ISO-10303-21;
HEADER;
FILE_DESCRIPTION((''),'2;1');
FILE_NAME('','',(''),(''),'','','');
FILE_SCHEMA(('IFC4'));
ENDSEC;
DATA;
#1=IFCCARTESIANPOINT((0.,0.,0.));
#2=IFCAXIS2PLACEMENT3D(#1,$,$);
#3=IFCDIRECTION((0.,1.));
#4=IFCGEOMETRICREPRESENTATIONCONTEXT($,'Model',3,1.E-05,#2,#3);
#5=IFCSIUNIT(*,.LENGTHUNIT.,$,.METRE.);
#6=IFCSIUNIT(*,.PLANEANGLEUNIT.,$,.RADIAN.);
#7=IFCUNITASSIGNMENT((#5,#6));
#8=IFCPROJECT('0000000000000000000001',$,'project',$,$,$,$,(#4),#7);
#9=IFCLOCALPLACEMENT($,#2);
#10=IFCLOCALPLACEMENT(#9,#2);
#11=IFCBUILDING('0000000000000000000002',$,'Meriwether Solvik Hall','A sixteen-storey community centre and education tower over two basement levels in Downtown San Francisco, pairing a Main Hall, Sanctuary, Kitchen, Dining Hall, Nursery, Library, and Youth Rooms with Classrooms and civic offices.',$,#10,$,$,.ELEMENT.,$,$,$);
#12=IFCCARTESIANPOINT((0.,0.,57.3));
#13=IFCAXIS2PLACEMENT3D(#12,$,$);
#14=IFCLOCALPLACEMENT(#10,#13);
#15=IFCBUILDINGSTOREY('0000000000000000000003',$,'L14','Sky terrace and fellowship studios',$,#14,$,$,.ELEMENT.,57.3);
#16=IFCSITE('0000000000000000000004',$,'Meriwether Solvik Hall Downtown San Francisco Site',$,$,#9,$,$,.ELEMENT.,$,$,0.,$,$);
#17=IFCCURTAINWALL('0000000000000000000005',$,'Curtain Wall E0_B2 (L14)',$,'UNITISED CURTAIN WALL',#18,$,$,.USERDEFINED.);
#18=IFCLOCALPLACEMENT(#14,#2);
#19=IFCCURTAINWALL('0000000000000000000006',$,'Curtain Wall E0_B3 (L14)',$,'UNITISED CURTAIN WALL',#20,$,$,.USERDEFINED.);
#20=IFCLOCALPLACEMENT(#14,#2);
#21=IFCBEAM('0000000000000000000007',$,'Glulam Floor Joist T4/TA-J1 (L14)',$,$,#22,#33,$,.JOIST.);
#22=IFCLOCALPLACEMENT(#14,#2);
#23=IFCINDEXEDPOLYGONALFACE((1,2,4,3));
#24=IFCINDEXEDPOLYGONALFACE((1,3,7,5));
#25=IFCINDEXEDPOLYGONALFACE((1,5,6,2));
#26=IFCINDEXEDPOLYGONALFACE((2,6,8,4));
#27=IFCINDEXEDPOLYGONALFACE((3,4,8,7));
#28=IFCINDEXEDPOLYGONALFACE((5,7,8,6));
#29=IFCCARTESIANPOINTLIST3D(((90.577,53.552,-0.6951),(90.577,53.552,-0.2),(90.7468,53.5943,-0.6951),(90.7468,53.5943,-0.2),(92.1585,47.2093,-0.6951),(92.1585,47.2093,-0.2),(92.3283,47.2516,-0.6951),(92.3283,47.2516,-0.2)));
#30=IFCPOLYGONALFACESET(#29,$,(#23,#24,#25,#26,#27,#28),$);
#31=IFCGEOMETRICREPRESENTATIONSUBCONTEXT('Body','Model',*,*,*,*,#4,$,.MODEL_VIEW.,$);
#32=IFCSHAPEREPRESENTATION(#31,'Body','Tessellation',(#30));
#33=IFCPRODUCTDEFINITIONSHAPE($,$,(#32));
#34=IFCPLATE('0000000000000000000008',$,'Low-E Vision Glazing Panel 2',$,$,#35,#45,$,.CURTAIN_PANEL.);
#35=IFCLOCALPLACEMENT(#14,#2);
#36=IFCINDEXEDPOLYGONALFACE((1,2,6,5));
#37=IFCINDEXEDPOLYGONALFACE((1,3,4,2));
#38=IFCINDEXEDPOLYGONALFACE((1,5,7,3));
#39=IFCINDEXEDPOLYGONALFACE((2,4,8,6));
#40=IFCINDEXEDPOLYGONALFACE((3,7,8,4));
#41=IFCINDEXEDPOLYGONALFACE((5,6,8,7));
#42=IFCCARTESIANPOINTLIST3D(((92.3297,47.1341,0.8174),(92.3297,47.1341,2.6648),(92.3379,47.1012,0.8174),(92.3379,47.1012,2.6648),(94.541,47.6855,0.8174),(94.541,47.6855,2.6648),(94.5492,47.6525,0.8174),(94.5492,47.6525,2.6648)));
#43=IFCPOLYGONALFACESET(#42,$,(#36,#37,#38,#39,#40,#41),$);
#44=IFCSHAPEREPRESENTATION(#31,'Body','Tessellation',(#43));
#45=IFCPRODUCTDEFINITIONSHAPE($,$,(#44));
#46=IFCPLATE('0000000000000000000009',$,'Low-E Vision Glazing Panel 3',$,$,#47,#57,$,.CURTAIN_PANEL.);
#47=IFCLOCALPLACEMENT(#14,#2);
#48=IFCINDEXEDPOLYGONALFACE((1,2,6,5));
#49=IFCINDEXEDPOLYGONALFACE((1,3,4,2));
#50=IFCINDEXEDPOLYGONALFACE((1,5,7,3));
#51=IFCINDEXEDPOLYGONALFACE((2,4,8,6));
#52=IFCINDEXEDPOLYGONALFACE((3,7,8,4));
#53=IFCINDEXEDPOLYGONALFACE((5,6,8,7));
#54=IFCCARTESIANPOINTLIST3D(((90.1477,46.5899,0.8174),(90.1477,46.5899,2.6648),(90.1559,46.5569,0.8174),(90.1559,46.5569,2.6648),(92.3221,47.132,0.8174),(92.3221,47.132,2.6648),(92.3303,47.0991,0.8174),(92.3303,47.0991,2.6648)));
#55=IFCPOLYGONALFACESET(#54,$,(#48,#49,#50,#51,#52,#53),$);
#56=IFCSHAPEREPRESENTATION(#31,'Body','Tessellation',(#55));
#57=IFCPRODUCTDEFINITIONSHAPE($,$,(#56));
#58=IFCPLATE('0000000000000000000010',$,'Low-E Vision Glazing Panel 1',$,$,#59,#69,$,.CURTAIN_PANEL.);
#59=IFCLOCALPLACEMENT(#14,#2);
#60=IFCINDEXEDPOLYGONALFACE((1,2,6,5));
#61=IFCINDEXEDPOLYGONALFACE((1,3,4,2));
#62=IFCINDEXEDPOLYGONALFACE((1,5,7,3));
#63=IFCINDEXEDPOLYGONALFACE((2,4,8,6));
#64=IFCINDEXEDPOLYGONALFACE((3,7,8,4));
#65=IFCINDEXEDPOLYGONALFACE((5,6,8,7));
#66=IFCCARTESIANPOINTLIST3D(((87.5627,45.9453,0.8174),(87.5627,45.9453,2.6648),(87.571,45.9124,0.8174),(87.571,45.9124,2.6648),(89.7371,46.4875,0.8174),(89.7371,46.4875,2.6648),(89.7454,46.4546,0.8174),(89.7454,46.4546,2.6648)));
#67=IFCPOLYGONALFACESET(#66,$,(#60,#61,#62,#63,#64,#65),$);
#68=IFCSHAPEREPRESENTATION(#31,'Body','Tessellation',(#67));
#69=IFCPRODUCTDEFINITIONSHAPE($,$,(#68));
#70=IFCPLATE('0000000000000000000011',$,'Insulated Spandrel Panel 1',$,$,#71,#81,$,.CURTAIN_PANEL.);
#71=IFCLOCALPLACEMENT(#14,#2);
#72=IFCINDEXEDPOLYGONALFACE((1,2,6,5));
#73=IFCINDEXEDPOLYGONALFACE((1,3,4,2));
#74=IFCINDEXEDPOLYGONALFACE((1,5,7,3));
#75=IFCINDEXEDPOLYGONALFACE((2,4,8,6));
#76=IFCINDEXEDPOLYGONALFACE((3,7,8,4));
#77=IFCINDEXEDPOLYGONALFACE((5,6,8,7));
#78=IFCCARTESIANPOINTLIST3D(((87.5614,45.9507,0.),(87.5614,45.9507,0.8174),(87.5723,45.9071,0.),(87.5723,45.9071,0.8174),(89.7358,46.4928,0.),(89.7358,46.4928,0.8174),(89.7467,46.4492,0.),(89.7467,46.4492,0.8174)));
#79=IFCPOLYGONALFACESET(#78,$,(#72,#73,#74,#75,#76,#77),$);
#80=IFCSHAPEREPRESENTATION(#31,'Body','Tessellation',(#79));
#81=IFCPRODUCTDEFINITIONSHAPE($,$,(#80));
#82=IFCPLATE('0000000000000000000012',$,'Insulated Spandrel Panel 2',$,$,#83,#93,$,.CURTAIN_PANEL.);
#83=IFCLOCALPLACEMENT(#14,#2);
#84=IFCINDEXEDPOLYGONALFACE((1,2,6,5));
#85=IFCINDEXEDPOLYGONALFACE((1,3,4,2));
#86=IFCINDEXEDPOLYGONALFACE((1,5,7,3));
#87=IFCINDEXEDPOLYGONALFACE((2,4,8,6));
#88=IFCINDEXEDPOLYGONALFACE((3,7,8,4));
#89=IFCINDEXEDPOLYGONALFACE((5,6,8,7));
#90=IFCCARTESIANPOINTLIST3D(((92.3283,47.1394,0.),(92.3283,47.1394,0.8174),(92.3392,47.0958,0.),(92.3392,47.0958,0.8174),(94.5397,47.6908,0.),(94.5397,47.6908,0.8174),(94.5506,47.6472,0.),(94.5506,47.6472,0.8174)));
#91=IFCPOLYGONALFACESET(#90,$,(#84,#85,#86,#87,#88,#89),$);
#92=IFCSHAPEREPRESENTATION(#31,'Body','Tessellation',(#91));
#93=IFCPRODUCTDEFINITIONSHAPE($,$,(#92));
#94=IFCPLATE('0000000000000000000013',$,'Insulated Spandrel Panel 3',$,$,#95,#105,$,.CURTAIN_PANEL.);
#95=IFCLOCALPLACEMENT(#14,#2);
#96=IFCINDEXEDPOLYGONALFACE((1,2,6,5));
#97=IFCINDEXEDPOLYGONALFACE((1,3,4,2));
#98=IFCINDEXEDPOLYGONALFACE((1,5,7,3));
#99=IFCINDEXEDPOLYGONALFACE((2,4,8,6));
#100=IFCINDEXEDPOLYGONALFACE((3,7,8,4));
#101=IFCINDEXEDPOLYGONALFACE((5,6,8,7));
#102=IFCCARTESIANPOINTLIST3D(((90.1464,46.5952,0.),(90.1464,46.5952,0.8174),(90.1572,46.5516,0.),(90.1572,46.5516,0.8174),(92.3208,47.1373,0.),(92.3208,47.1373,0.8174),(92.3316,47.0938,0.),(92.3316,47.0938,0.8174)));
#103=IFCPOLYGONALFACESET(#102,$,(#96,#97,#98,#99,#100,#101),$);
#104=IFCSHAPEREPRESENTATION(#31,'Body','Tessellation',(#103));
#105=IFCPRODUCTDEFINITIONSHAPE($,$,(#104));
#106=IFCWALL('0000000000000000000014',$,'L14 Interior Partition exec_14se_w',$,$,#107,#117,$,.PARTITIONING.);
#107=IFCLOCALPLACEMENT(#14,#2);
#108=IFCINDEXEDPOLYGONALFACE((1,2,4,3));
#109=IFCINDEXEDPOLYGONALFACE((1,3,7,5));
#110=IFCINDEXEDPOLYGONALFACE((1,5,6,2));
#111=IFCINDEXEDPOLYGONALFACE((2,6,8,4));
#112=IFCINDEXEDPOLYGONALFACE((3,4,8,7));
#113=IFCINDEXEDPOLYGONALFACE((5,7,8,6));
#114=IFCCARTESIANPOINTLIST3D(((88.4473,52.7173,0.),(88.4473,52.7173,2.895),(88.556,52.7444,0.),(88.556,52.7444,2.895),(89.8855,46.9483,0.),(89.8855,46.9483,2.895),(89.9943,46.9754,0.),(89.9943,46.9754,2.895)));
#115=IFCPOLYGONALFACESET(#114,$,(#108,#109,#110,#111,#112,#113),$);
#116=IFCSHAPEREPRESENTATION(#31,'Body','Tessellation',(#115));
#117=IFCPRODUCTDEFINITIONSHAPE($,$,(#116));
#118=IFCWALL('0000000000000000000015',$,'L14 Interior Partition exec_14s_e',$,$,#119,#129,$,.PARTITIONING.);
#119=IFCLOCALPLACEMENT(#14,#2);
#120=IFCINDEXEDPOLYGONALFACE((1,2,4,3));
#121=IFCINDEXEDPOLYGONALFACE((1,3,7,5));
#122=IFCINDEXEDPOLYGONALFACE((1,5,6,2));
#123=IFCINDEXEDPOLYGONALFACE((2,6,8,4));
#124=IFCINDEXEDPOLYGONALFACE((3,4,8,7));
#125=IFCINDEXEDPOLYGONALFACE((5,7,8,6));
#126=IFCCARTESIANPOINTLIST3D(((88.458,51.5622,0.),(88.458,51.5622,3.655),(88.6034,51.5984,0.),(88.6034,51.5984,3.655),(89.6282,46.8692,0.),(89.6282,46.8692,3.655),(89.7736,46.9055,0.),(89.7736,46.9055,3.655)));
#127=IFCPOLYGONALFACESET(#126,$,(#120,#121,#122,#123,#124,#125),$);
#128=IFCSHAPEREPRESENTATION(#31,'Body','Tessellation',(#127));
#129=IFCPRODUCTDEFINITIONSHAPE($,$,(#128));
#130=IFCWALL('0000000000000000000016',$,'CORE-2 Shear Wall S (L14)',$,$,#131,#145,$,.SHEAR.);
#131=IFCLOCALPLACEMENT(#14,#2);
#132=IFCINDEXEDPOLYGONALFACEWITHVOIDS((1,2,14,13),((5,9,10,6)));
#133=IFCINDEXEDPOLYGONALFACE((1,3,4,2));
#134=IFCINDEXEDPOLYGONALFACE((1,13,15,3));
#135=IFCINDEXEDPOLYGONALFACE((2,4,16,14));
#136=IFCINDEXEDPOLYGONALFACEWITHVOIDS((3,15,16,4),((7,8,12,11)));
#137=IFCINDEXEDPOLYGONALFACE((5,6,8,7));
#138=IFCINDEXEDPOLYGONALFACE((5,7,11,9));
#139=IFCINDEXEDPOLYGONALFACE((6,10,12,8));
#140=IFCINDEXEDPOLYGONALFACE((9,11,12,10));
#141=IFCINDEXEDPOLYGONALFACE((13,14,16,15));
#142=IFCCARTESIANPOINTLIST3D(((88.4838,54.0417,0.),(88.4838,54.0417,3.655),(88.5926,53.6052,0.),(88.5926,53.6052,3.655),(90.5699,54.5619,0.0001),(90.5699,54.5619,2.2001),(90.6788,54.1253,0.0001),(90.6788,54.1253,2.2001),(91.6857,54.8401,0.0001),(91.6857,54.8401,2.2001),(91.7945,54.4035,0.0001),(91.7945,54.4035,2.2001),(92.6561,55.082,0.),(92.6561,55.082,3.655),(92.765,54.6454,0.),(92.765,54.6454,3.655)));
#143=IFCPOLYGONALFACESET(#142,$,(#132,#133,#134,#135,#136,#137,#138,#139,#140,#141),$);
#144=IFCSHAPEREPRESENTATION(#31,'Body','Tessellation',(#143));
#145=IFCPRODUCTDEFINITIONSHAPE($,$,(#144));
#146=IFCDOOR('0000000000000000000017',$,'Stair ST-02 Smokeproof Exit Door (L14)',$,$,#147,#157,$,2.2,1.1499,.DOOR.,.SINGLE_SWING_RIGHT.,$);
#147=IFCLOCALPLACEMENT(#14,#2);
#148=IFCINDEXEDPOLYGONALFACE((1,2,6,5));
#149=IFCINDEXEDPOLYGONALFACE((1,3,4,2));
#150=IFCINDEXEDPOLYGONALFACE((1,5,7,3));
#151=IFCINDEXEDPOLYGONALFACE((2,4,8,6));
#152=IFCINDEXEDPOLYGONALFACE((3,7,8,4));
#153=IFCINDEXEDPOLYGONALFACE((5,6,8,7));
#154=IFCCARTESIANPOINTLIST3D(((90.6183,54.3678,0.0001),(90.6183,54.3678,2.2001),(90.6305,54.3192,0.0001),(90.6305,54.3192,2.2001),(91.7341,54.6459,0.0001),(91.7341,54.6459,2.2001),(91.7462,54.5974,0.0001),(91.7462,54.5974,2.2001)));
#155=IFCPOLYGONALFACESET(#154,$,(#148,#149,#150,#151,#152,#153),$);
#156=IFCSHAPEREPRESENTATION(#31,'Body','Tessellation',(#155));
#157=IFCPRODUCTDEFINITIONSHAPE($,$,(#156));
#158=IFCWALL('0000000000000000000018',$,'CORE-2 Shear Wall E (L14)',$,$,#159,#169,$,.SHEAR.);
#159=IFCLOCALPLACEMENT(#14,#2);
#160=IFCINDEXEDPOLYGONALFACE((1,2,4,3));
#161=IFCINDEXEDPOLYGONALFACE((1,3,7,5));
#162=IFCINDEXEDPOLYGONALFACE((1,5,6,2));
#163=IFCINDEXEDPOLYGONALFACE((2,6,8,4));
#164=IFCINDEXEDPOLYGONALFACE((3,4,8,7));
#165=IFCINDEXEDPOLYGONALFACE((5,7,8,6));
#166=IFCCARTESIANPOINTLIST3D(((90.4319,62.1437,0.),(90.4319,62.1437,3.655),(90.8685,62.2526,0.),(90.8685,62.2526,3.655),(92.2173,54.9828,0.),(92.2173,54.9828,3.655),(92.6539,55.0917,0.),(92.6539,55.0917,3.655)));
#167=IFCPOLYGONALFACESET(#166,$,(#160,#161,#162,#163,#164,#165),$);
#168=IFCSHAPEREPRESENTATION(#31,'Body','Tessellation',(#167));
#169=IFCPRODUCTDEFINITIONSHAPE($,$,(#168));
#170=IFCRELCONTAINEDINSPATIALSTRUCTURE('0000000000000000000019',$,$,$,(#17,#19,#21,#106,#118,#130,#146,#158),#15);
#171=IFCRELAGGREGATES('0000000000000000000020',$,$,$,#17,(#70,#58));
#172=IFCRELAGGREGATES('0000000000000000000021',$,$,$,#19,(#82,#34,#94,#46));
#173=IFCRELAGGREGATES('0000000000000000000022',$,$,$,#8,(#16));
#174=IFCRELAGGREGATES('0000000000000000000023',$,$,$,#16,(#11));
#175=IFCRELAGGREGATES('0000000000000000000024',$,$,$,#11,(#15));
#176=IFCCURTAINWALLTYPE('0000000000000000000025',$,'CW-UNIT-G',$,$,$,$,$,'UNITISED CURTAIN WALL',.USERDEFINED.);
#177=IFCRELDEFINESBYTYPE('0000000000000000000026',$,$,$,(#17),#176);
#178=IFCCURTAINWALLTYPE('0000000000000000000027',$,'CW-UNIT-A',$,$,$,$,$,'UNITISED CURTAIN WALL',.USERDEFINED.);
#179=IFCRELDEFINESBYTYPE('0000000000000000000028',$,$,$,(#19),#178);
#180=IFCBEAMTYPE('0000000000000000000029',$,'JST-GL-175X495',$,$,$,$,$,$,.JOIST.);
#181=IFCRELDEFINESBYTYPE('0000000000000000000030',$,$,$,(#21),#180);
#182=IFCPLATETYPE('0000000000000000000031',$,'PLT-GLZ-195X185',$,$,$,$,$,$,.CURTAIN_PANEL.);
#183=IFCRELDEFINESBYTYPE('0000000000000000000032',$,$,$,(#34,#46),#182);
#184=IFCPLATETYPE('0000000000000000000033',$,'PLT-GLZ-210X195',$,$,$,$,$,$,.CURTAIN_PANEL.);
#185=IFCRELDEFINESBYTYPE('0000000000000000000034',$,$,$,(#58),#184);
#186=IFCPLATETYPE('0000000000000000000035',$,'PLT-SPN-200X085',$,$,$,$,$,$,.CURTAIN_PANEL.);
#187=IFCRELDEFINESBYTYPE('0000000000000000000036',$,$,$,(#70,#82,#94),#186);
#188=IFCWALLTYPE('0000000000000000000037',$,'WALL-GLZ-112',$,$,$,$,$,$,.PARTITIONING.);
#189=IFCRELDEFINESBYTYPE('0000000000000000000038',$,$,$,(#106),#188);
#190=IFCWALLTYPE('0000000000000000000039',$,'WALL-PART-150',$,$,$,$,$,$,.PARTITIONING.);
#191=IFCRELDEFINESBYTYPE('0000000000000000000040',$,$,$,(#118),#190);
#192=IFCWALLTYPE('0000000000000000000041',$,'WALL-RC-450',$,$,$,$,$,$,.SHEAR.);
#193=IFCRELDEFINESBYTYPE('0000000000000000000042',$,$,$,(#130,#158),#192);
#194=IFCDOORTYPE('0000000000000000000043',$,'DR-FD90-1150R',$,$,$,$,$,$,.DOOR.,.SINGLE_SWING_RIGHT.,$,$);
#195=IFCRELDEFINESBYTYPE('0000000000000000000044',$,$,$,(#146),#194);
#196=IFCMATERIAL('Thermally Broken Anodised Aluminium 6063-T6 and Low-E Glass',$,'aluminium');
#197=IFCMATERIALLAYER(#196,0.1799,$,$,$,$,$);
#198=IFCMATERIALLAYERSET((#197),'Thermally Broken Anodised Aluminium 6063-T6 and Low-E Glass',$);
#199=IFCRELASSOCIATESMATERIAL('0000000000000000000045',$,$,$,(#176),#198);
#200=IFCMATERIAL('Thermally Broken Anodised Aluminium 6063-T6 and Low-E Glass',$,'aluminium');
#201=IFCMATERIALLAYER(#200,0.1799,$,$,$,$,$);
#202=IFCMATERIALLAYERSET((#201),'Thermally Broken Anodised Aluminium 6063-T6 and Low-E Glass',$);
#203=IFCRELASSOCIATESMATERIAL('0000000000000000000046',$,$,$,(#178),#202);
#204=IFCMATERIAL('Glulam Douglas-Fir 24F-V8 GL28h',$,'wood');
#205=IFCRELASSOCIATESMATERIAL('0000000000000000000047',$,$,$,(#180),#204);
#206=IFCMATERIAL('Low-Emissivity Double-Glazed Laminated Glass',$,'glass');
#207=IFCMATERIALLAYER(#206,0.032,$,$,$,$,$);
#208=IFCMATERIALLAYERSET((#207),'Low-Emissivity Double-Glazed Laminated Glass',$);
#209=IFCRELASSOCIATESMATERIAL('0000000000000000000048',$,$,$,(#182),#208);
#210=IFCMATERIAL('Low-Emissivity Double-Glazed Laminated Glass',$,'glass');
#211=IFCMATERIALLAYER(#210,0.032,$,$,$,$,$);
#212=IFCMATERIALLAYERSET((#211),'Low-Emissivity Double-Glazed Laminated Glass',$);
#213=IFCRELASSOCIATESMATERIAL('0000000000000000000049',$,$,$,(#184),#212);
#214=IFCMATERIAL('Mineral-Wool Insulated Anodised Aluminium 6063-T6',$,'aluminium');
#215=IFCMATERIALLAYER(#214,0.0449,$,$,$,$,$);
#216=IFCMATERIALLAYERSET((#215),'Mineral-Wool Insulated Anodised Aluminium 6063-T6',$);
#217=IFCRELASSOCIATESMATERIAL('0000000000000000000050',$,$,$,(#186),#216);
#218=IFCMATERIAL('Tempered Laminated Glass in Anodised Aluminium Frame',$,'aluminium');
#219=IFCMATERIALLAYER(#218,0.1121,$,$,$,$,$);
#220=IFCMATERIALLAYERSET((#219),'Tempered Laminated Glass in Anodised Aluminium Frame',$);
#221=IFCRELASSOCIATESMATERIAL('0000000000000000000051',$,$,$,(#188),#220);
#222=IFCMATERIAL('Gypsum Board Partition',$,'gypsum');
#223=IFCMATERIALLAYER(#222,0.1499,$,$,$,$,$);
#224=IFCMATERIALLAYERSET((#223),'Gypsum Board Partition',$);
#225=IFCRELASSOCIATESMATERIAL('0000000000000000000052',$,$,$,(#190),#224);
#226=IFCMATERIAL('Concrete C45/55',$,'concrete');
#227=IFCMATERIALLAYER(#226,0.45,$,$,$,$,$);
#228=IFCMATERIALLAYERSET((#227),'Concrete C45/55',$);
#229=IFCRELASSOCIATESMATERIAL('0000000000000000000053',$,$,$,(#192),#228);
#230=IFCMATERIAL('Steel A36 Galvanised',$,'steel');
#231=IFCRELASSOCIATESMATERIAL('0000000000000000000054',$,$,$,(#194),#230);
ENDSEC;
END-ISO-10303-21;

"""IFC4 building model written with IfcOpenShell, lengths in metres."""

from ifc_helpers import new_model, si_unit, direction, frame, frame_2d, origin, origin_2d, place, context, subcontext, project, spatial, rectangle, extrude, material, layer, layer_set, material_profile, profile_set, type_object, element, fill, aggregate, save


model = new_model("IFC4")

# Units and contexts
model_context = context("Model", 3, precision=1e-05, world=origin(), true_north=direction((0.0, 1.0)))
body_context = subcontext(model_context, "Body", "Model", "MODEL_VIEW")
ifc_project = project(units=[si_unit("LENGTHUNIT", "METRE"), si_unit("PLANEANGLEUNIT", "RADIAN")], contexts=[model_context])

# Site, building, storey
site_placement = place(None, origin())
site = spatial("IfcSite", under=ifc_project, at=site_placement, Name="Meriwether Solvik Hall Downtown San Francisco Site", CompositionType="ELEMENT", RefElevation=0.0)
building_placement = place(site_placement, origin())
building = spatial("IfcBuilding", under=site, at=building_placement, Name="Meriwether Solvik Hall", Description="A sixteen-storey community centre and education tower over two basement levels in Downtown San Francisco, pairing a Main Hall, Sanctuary, Kitchen, Dining Hall, Nursery, Library, and Youth Rooms with Classrooms and civic offices.", CompositionType="ELEMENT")
storey_placement = place(building_placement, frame((0.0, 0.0, 57.3)))
storey = spatial("IfcBuildingStorey", under=building, at=storey_placement, Name="L14", Description="Sky terrace and fellowship studios", CompositionType="ELEMENT", Elevation=57.3)

# Curtain wall
ifc_material_1 = material(Name="Thermally Broken Anodised Aluminium 6063-T6 and Low-E Glass", Category="aluminium")
ifc_layer_1 = layer(ifc_material_1, 0.1799)
ifc_layer_set_1 = layer_set([ifc_layer_1], Name="Thermally Broken Anodised Aluminium 6063-T6 and Low-E Glass")
curtain_wall_type_1 = type_object("IfcCurtainWallType", Name="CW-UNIT-G", ElementType="UNITISED CURTAIN WALL", PredefinedType="USERDEFINED", material=ifc_layer_set_1)
curtain_wall_1_placement = place(storey_placement, origin())
curtain_wall_1 = element("IfcCurtainWall", 1, at=curtain_wall_1_placement, inside=storey, type_object=curtain_wall_type_1, Name="Curtain Wall E0_B2 (L14)", ObjectType="UNITISED CURTAIN WALL", PredefinedType="USERDEFINED")

# Curtain wall
ifc_material_2 = material(Name="Thermally Broken Anodised Aluminium 6063-T6 and Low-E Glass", Category="aluminium")
ifc_layer_2 = layer(ifc_material_2, 0.1799)
ifc_layer_set_2 = layer_set([ifc_layer_2], Name="Thermally Broken Anodised Aluminium 6063-T6 and Low-E Glass")
curtain_wall_type_2 = type_object("IfcCurtainWallType", Name="CW-UNIT-A", ElementType="UNITISED CURTAIN WALL", PredefinedType="USERDEFINED", material=ifc_layer_set_2)
curtain_wall_2_placement = place(storey_placement, origin())
curtain_wall_2 = element("IfcCurtainWall", 2, at=curtain_wall_2_placement, inside=storey, type_object=curtain_wall_type_2, Name="Curtain Wall E0_B3 (L14)", ObjectType="UNITISED CURTAIN WALL", PredefinedType="USERDEFINED")

# Beam
ifc_material_3 = material(Name="Glulam Douglas-Fir 24F-V8 GL28h", Category="wood")
ifc_material_profile_1 = material_profile(ifc_material_3, rectangle(XDim=0.175, YDim=0.4951, at=origin_2d()), Name="GLJ-175X495")
ifc_profile_set_1 = profile_set([ifc_material_profile_1], Name="Glulam Douglas-Fir 24F-V8 GL28h")
beam_type_1 = type_object("IfcBeamType", Name="JST-GL-175X495", PredefinedType="JOIST", material=ifc_profile_set_1)
beam_1_placement = place(storey_placement, frame((92.2434, 47.2305, -0.4475), z_axis=(-0.241938, 0.970292, 0.0), x_axis=(-0.970292, -0.241938, 0.0)))
element("IfcBeam", 3, at=beam_1_placement, inside=storey, type_object=beam_type_1, Name="Glulam Floor Joist T4/TA-J1 (L14)", PredefinedType="JOIST", context=body_context, shape_type="SweptSolid", body=[
    extrude(rectangle(XDim=0.175, YDim=0.4951, at=origin_2d()), origin(), (0.0, 0.0, 1.0), 6.5369),
])

# Plates
ifc_material_4 = material(Name="Low-Emissivity Double-Glazed Laminated Glass", Category="glass")
ifc_layer_3 = layer(ifc_material_4, 0.032)
ifc_layer_set_3 = layer_set([ifc_layer_3], Name="Low-Emissivity Double-Glazed Laminated Glass")
plate_type_1 = type_object("IfcPlateType", Name="PLT-GLZ-195X185", PredefinedType="CURTAIN_PANEL", material=ifc_layer_set_3)
plate_1_placement = place(storey_placement, frame((93.4395, 47.3933, 0.8174), z_axis=(0.0, 0.0, 1.0), x_axis=(-0.970296, -0.241922, 0.0)))
plate_1 = element("IfcPlate", 4, at=plate_1_placement, type_object=plate_type_1, Name="Low-E Vision Glazing Panel 2", PredefinedType="CURTAIN_PANEL", context=body_context, shape_type="SweptSolid", body=[
    extrude(rectangle(XDim=2.2791, YDim=0.0339, at=origin_2d()), origin(), (0.0, 0.0, 1.0), 1.8474),
])
plate_2_placement = place(storey_placement, frame((91.239, 46.8445, 0.8174), z_axis=(0.0, 0.0, 1.0), x_axis=(-0.970296, -0.241922, 0.0)))
plate_2 = element("IfcPlate", 5, at=plate_2_placement, type_object=plate_type_1, Name="Low-E Vision Glazing Panel 3", PredefinedType="CURTAIN_PANEL", context=body_context, shape_type="SweptSolid", body=[
    extrude(rectangle(XDim=2.241, YDim=0.0339, at=origin_2d()), origin(), (0.0, 0.0, 1.0), 1.8474),
])
ifc_material_5 = material(Name="Low-Emissivity Double-Glazed Laminated Glass", Category="glass")
ifc_layer_4 = layer(ifc_material_5, 0.032)
ifc_layer_set_4 = layer_set([ifc_layer_4], Name="Low-Emissivity Double-Glazed Laminated Glass")
plate_type_2 = type_object("IfcPlateType", Name="PLT-GLZ-210X195", PredefinedType="CURTAIN_PANEL", material=ifc_layer_set_4)
plate_3_placement = place(storey_placement, frame((88.6541, 46.2, 0.8174), z_axis=(0.0, 0.0, 1.0), x_axis=(-0.970296, -0.241922, 0.0)))
plate_3 = element("IfcPlate", 6, at=plate_3_placement, type_object=plate_type_2, Name="Low-E Vision Glazing Panel 1", PredefinedType="CURTAIN_PANEL", context=body_context, shape_type="SweptSolid", body=[
    extrude(rectangle(XDim=2.241, YDim=0.0339, at=origin_2d()), origin(), (0.0, 0.0, 1.0), 1.8474),
])
ifc_material_6 = material(Name="Mineral-Wool Insulated Anodised Aluminium 6063-T6", Category="aluminium")
ifc_layer_5 = layer(ifc_material_6, 0.0449)
ifc_layer_set_5 = layer_set([ifc_layer_5], Name="Mineral-Wool Insulated Anodised Aluminium 6063-T6")
plate_type_3 = type_object("IfcPlateType", Name="PLT-SPN-200X085", PredefinedType="CURTAIN_PANEL", material=ifc_layer_set_5)
plate_4_placement = place(storey_placement, frame((88.6541, 46.2, 0.0), z_axis=(0.0, 0.0, 1.0), x_axis=(-0.970296, -0.241922, 0.0)))
plate_4 = element("IfcPlate", 7, at=plate_4_placement, type_object=plate_type_3, Name="Insulated Spandrel Panel 1", PredefinedType="CURTAIN_PANEL", context=body_context, shape_type="SweptSolid", body=[
    extrude(rectangle(XDim=2.241, YDim=0.0449, at=origin_2d()), origin(), (0.0, 0.0, 1.0), 0.8174),
])
aggregate(curtain_wall_1, [plate_4, plate_3])
plate_5_placement = place(storey_placement, frame((93.4395, 47.3933, 0.0), z_axis=(0.0, 0.0, 1.0), x_axis=(-0.970296, -0.241922, 0.0)))
plate_5 = element("IfcPlate", 8, at=plate_5_placement, type_object=plate_type_3, Name="Insulated Spandrel Panel 2", PredefinedType="CURTAIN_PANEL", context=body_context, shape_type="SweptSolid", body=[
    extrude(rectangle(XDim=2.2791, YDim=0.0449, at=origin_2d()), origin(), (0.0, 0.0, 1.0), 0.8174),
])
plate_6_placement = place(storey_placement, frame((91.239, 46.8445, 0.0), z_axis=(0.0, 0.0, 1.0), x_axis=(-0.970296, -0.241922, 0.0)))
plate_6 = element("IfcPlate", 9, at=plate_6_placement, type_object=plate_type_3, Name="Insulated Spandrel Panel 3", PredefinedType="CURTAIN_PANEL", context=body_context, shape_type="SweptSolid", body=[
    extrude(rectangle(XDim=2.241, YDim=0.0449, at=origin_2d()), origin(), (0.0, 0.0, 1.0), 0.8174),
])
aggregate(curtain_wall_2, [plate_5, plate_1, plate_6, plate_2])

# Walls
ifc_material_7 = material(Name="Tempered Laminated Glass in Anodised Aluminium Frame", Category="aluminium")
ifc_layer_6 = layer(ifc_material_7, 0.1121)
ifc_layer_set_6 = layer_set([ifc_layer_6], Name="Tempered Laminated Glass in Anodised Aluminium Frame")
wall_type_1 = type_object("IfcWallType", Name="WALL-GLZ-112", PredefinedType="PARTITIONING", material=ifc_layer_set_6)
wall_1_placement = place(storey_placement, frame((88.5017, 52.7307, 0.0), z_axis=(0.0, 0.0, 1.0), x_axis=(0.241898, -0.970302, 0.0)))
element("IfcWall", 10, at=wall_1_placement, inside=storey, type_object=wall_type_1, Name="L14 Interior Partition exec_14se_w", PredefinedType="PARTITIONING", context=body_context, shape_type="SweptSolid", body=[
    extrude(rectangle(XDim=5.9456, YDim=0.1121, at=frame_2d((2.9727, 0.0))), origin(), (0.0, 0.0, 1.0), 2.895),
])
ifc_material_8 = material(Name="Gypsum Board Partition", Category="gypsum")
ifc_layer_7 = layer(ifc_material_8, 0.1499)
ifc_layer_set_7 = layer_set([ifc_layer_7], Name="Gypsum Board Partition")
wall_type_2 = type_object("IfcWallType", Name="WALL-PART-150", PredefinedType="PARTITIONING", material=ifc_layer_set_7)
wall_2_placement = place(storey_placement, frame((89.7009, 46.8872, 0.0), z_axis=(0.0, 0.0, 1.0), x_axis=(-0.241942, 0.970291, 0.0)))
element("IfcWall", 11, at=wall_2_placement, inside=storey, type_object=wall_type_2, Name="L14 Interior Partition exec_14s_e", PredefinedType="PARTITIONING", context=body_context, shape_type="SweptSolid", body=[
    extrude(rectangle(XDim=4.8367, YDim=0.1499, at=frame_2d((2.4185, 0.0))), origin(), (0.0, 0.0, 1.0), 3.655),
])

# Wall, opening, door
ifc_material_9 = material(Name="Concrete C45/55", Category="concrete")
ifc_layer_8 = layer(ifc_material_9, 0.45)
ifc_layer_set_8 = layer_set([ifc_layer_8], Name="Concrete C45/55")
wall_type_3 = type_object("IfcWallType", Name="WALL-RC-450", PredefinedType="SHEAR", material=ifc_layer_set_8)
wall_3_placement = place(storey_placement, frame((88.5383, 53.8235, 0.0), z_axis=(0.0, 0.0, 1.0), x_axis=(0.970296, 0.241921, 0.0)))
wall_3 = element("IfcWall", 12, at=wall_3_placement, inside=storey, type_object=wall_type_3, Name="CORE-2 Shear Wall S (L14)", PredefinedType="SHEAR", context=body_context, shape_type="SweptSolid", body=[
    extrude(rectangle(XDim=4.3, YDim=0.45, at=frame_2d((2.1499, 0.0))), origin(), (0.0, 0.0, 1.0), 3.655),
])
opening_placement = place(wall_3_placement, frame((2.1499, 0.0, 0.0)))
opening = element("IfcOpeningElement", 13, at=opening_placement, cuts=wall_3, PredefinedType="OPENING", context=body_context, shape_type="SweptSolid", body=[
    extrude(rectangle(XDim=1.1499, YDim=2.2, at=frame_2d((0.575, 1.1001))), frame((0.0, 0.2368, 0.0), z_axis=(0.0, -1.0, 0.0), x_axis=(1.0, 0.0, 0.0)), (0.0, 0.0, 1.0), 0.4739),
])
ifc_material_10 = material(Name="Steel A36 Galvanised", Category="steel")
door_type = type_object("IfcDoorType", Name="DR-FD90-1150R", OperationType="SINGLE_SWING_RIGHT", PredefinedType="DOOR", material=ifc_material_10)
door_placement = place(opening_placement, origin())
door = element("IfcDoor", 14, at=door_placement, inside=storey, type_object=door_type, Name="Stair ST-02 Smokeproof Exit Door (L14)", OperationType="SINGLE_SWING_RIGHT", OverallHeight=2.2, OverallWidth=1.1499, PredefinedType="DOOR", context=body_context, shape_type="SweptSolid", body=[
    extrude(rectangle(XDim=1.1499, YDim=2.2, at=frame_2d((0.575, 1.1001))), frame((0.0, 0.0249, 0.0), z_axis=(0.0, -1.0, 0.0), x_axis=(1.0, 0.0, 0.0)), (0.0, 0.0, 1.0), 0.05),
])
fill(opening, door)

# Wall
wall_4_placement = place(storey_placement, frame((92.4355, 55.0374, 0.0), z_axis=(0.0, 0.0, 1.0), x_axis=(-0.241921, 0.970296, 0.0)))
element("IfcWall", 15, at=wall_4_placement, inside=storey, type_object=wall_type_3, Name="CORE-2 Shear Wall E (L14)", PredefinedType="SHEAR", context=body_context, shape_type="SweptSolid", body=[
    extrude(rectangle(XDim=7.3801, YDim=0.45, at=frame_2d((3.6899, 0.0))), origin(), (0.0, 0.0, 1.0), 3.655),
])

save(model, "model.ifc")
